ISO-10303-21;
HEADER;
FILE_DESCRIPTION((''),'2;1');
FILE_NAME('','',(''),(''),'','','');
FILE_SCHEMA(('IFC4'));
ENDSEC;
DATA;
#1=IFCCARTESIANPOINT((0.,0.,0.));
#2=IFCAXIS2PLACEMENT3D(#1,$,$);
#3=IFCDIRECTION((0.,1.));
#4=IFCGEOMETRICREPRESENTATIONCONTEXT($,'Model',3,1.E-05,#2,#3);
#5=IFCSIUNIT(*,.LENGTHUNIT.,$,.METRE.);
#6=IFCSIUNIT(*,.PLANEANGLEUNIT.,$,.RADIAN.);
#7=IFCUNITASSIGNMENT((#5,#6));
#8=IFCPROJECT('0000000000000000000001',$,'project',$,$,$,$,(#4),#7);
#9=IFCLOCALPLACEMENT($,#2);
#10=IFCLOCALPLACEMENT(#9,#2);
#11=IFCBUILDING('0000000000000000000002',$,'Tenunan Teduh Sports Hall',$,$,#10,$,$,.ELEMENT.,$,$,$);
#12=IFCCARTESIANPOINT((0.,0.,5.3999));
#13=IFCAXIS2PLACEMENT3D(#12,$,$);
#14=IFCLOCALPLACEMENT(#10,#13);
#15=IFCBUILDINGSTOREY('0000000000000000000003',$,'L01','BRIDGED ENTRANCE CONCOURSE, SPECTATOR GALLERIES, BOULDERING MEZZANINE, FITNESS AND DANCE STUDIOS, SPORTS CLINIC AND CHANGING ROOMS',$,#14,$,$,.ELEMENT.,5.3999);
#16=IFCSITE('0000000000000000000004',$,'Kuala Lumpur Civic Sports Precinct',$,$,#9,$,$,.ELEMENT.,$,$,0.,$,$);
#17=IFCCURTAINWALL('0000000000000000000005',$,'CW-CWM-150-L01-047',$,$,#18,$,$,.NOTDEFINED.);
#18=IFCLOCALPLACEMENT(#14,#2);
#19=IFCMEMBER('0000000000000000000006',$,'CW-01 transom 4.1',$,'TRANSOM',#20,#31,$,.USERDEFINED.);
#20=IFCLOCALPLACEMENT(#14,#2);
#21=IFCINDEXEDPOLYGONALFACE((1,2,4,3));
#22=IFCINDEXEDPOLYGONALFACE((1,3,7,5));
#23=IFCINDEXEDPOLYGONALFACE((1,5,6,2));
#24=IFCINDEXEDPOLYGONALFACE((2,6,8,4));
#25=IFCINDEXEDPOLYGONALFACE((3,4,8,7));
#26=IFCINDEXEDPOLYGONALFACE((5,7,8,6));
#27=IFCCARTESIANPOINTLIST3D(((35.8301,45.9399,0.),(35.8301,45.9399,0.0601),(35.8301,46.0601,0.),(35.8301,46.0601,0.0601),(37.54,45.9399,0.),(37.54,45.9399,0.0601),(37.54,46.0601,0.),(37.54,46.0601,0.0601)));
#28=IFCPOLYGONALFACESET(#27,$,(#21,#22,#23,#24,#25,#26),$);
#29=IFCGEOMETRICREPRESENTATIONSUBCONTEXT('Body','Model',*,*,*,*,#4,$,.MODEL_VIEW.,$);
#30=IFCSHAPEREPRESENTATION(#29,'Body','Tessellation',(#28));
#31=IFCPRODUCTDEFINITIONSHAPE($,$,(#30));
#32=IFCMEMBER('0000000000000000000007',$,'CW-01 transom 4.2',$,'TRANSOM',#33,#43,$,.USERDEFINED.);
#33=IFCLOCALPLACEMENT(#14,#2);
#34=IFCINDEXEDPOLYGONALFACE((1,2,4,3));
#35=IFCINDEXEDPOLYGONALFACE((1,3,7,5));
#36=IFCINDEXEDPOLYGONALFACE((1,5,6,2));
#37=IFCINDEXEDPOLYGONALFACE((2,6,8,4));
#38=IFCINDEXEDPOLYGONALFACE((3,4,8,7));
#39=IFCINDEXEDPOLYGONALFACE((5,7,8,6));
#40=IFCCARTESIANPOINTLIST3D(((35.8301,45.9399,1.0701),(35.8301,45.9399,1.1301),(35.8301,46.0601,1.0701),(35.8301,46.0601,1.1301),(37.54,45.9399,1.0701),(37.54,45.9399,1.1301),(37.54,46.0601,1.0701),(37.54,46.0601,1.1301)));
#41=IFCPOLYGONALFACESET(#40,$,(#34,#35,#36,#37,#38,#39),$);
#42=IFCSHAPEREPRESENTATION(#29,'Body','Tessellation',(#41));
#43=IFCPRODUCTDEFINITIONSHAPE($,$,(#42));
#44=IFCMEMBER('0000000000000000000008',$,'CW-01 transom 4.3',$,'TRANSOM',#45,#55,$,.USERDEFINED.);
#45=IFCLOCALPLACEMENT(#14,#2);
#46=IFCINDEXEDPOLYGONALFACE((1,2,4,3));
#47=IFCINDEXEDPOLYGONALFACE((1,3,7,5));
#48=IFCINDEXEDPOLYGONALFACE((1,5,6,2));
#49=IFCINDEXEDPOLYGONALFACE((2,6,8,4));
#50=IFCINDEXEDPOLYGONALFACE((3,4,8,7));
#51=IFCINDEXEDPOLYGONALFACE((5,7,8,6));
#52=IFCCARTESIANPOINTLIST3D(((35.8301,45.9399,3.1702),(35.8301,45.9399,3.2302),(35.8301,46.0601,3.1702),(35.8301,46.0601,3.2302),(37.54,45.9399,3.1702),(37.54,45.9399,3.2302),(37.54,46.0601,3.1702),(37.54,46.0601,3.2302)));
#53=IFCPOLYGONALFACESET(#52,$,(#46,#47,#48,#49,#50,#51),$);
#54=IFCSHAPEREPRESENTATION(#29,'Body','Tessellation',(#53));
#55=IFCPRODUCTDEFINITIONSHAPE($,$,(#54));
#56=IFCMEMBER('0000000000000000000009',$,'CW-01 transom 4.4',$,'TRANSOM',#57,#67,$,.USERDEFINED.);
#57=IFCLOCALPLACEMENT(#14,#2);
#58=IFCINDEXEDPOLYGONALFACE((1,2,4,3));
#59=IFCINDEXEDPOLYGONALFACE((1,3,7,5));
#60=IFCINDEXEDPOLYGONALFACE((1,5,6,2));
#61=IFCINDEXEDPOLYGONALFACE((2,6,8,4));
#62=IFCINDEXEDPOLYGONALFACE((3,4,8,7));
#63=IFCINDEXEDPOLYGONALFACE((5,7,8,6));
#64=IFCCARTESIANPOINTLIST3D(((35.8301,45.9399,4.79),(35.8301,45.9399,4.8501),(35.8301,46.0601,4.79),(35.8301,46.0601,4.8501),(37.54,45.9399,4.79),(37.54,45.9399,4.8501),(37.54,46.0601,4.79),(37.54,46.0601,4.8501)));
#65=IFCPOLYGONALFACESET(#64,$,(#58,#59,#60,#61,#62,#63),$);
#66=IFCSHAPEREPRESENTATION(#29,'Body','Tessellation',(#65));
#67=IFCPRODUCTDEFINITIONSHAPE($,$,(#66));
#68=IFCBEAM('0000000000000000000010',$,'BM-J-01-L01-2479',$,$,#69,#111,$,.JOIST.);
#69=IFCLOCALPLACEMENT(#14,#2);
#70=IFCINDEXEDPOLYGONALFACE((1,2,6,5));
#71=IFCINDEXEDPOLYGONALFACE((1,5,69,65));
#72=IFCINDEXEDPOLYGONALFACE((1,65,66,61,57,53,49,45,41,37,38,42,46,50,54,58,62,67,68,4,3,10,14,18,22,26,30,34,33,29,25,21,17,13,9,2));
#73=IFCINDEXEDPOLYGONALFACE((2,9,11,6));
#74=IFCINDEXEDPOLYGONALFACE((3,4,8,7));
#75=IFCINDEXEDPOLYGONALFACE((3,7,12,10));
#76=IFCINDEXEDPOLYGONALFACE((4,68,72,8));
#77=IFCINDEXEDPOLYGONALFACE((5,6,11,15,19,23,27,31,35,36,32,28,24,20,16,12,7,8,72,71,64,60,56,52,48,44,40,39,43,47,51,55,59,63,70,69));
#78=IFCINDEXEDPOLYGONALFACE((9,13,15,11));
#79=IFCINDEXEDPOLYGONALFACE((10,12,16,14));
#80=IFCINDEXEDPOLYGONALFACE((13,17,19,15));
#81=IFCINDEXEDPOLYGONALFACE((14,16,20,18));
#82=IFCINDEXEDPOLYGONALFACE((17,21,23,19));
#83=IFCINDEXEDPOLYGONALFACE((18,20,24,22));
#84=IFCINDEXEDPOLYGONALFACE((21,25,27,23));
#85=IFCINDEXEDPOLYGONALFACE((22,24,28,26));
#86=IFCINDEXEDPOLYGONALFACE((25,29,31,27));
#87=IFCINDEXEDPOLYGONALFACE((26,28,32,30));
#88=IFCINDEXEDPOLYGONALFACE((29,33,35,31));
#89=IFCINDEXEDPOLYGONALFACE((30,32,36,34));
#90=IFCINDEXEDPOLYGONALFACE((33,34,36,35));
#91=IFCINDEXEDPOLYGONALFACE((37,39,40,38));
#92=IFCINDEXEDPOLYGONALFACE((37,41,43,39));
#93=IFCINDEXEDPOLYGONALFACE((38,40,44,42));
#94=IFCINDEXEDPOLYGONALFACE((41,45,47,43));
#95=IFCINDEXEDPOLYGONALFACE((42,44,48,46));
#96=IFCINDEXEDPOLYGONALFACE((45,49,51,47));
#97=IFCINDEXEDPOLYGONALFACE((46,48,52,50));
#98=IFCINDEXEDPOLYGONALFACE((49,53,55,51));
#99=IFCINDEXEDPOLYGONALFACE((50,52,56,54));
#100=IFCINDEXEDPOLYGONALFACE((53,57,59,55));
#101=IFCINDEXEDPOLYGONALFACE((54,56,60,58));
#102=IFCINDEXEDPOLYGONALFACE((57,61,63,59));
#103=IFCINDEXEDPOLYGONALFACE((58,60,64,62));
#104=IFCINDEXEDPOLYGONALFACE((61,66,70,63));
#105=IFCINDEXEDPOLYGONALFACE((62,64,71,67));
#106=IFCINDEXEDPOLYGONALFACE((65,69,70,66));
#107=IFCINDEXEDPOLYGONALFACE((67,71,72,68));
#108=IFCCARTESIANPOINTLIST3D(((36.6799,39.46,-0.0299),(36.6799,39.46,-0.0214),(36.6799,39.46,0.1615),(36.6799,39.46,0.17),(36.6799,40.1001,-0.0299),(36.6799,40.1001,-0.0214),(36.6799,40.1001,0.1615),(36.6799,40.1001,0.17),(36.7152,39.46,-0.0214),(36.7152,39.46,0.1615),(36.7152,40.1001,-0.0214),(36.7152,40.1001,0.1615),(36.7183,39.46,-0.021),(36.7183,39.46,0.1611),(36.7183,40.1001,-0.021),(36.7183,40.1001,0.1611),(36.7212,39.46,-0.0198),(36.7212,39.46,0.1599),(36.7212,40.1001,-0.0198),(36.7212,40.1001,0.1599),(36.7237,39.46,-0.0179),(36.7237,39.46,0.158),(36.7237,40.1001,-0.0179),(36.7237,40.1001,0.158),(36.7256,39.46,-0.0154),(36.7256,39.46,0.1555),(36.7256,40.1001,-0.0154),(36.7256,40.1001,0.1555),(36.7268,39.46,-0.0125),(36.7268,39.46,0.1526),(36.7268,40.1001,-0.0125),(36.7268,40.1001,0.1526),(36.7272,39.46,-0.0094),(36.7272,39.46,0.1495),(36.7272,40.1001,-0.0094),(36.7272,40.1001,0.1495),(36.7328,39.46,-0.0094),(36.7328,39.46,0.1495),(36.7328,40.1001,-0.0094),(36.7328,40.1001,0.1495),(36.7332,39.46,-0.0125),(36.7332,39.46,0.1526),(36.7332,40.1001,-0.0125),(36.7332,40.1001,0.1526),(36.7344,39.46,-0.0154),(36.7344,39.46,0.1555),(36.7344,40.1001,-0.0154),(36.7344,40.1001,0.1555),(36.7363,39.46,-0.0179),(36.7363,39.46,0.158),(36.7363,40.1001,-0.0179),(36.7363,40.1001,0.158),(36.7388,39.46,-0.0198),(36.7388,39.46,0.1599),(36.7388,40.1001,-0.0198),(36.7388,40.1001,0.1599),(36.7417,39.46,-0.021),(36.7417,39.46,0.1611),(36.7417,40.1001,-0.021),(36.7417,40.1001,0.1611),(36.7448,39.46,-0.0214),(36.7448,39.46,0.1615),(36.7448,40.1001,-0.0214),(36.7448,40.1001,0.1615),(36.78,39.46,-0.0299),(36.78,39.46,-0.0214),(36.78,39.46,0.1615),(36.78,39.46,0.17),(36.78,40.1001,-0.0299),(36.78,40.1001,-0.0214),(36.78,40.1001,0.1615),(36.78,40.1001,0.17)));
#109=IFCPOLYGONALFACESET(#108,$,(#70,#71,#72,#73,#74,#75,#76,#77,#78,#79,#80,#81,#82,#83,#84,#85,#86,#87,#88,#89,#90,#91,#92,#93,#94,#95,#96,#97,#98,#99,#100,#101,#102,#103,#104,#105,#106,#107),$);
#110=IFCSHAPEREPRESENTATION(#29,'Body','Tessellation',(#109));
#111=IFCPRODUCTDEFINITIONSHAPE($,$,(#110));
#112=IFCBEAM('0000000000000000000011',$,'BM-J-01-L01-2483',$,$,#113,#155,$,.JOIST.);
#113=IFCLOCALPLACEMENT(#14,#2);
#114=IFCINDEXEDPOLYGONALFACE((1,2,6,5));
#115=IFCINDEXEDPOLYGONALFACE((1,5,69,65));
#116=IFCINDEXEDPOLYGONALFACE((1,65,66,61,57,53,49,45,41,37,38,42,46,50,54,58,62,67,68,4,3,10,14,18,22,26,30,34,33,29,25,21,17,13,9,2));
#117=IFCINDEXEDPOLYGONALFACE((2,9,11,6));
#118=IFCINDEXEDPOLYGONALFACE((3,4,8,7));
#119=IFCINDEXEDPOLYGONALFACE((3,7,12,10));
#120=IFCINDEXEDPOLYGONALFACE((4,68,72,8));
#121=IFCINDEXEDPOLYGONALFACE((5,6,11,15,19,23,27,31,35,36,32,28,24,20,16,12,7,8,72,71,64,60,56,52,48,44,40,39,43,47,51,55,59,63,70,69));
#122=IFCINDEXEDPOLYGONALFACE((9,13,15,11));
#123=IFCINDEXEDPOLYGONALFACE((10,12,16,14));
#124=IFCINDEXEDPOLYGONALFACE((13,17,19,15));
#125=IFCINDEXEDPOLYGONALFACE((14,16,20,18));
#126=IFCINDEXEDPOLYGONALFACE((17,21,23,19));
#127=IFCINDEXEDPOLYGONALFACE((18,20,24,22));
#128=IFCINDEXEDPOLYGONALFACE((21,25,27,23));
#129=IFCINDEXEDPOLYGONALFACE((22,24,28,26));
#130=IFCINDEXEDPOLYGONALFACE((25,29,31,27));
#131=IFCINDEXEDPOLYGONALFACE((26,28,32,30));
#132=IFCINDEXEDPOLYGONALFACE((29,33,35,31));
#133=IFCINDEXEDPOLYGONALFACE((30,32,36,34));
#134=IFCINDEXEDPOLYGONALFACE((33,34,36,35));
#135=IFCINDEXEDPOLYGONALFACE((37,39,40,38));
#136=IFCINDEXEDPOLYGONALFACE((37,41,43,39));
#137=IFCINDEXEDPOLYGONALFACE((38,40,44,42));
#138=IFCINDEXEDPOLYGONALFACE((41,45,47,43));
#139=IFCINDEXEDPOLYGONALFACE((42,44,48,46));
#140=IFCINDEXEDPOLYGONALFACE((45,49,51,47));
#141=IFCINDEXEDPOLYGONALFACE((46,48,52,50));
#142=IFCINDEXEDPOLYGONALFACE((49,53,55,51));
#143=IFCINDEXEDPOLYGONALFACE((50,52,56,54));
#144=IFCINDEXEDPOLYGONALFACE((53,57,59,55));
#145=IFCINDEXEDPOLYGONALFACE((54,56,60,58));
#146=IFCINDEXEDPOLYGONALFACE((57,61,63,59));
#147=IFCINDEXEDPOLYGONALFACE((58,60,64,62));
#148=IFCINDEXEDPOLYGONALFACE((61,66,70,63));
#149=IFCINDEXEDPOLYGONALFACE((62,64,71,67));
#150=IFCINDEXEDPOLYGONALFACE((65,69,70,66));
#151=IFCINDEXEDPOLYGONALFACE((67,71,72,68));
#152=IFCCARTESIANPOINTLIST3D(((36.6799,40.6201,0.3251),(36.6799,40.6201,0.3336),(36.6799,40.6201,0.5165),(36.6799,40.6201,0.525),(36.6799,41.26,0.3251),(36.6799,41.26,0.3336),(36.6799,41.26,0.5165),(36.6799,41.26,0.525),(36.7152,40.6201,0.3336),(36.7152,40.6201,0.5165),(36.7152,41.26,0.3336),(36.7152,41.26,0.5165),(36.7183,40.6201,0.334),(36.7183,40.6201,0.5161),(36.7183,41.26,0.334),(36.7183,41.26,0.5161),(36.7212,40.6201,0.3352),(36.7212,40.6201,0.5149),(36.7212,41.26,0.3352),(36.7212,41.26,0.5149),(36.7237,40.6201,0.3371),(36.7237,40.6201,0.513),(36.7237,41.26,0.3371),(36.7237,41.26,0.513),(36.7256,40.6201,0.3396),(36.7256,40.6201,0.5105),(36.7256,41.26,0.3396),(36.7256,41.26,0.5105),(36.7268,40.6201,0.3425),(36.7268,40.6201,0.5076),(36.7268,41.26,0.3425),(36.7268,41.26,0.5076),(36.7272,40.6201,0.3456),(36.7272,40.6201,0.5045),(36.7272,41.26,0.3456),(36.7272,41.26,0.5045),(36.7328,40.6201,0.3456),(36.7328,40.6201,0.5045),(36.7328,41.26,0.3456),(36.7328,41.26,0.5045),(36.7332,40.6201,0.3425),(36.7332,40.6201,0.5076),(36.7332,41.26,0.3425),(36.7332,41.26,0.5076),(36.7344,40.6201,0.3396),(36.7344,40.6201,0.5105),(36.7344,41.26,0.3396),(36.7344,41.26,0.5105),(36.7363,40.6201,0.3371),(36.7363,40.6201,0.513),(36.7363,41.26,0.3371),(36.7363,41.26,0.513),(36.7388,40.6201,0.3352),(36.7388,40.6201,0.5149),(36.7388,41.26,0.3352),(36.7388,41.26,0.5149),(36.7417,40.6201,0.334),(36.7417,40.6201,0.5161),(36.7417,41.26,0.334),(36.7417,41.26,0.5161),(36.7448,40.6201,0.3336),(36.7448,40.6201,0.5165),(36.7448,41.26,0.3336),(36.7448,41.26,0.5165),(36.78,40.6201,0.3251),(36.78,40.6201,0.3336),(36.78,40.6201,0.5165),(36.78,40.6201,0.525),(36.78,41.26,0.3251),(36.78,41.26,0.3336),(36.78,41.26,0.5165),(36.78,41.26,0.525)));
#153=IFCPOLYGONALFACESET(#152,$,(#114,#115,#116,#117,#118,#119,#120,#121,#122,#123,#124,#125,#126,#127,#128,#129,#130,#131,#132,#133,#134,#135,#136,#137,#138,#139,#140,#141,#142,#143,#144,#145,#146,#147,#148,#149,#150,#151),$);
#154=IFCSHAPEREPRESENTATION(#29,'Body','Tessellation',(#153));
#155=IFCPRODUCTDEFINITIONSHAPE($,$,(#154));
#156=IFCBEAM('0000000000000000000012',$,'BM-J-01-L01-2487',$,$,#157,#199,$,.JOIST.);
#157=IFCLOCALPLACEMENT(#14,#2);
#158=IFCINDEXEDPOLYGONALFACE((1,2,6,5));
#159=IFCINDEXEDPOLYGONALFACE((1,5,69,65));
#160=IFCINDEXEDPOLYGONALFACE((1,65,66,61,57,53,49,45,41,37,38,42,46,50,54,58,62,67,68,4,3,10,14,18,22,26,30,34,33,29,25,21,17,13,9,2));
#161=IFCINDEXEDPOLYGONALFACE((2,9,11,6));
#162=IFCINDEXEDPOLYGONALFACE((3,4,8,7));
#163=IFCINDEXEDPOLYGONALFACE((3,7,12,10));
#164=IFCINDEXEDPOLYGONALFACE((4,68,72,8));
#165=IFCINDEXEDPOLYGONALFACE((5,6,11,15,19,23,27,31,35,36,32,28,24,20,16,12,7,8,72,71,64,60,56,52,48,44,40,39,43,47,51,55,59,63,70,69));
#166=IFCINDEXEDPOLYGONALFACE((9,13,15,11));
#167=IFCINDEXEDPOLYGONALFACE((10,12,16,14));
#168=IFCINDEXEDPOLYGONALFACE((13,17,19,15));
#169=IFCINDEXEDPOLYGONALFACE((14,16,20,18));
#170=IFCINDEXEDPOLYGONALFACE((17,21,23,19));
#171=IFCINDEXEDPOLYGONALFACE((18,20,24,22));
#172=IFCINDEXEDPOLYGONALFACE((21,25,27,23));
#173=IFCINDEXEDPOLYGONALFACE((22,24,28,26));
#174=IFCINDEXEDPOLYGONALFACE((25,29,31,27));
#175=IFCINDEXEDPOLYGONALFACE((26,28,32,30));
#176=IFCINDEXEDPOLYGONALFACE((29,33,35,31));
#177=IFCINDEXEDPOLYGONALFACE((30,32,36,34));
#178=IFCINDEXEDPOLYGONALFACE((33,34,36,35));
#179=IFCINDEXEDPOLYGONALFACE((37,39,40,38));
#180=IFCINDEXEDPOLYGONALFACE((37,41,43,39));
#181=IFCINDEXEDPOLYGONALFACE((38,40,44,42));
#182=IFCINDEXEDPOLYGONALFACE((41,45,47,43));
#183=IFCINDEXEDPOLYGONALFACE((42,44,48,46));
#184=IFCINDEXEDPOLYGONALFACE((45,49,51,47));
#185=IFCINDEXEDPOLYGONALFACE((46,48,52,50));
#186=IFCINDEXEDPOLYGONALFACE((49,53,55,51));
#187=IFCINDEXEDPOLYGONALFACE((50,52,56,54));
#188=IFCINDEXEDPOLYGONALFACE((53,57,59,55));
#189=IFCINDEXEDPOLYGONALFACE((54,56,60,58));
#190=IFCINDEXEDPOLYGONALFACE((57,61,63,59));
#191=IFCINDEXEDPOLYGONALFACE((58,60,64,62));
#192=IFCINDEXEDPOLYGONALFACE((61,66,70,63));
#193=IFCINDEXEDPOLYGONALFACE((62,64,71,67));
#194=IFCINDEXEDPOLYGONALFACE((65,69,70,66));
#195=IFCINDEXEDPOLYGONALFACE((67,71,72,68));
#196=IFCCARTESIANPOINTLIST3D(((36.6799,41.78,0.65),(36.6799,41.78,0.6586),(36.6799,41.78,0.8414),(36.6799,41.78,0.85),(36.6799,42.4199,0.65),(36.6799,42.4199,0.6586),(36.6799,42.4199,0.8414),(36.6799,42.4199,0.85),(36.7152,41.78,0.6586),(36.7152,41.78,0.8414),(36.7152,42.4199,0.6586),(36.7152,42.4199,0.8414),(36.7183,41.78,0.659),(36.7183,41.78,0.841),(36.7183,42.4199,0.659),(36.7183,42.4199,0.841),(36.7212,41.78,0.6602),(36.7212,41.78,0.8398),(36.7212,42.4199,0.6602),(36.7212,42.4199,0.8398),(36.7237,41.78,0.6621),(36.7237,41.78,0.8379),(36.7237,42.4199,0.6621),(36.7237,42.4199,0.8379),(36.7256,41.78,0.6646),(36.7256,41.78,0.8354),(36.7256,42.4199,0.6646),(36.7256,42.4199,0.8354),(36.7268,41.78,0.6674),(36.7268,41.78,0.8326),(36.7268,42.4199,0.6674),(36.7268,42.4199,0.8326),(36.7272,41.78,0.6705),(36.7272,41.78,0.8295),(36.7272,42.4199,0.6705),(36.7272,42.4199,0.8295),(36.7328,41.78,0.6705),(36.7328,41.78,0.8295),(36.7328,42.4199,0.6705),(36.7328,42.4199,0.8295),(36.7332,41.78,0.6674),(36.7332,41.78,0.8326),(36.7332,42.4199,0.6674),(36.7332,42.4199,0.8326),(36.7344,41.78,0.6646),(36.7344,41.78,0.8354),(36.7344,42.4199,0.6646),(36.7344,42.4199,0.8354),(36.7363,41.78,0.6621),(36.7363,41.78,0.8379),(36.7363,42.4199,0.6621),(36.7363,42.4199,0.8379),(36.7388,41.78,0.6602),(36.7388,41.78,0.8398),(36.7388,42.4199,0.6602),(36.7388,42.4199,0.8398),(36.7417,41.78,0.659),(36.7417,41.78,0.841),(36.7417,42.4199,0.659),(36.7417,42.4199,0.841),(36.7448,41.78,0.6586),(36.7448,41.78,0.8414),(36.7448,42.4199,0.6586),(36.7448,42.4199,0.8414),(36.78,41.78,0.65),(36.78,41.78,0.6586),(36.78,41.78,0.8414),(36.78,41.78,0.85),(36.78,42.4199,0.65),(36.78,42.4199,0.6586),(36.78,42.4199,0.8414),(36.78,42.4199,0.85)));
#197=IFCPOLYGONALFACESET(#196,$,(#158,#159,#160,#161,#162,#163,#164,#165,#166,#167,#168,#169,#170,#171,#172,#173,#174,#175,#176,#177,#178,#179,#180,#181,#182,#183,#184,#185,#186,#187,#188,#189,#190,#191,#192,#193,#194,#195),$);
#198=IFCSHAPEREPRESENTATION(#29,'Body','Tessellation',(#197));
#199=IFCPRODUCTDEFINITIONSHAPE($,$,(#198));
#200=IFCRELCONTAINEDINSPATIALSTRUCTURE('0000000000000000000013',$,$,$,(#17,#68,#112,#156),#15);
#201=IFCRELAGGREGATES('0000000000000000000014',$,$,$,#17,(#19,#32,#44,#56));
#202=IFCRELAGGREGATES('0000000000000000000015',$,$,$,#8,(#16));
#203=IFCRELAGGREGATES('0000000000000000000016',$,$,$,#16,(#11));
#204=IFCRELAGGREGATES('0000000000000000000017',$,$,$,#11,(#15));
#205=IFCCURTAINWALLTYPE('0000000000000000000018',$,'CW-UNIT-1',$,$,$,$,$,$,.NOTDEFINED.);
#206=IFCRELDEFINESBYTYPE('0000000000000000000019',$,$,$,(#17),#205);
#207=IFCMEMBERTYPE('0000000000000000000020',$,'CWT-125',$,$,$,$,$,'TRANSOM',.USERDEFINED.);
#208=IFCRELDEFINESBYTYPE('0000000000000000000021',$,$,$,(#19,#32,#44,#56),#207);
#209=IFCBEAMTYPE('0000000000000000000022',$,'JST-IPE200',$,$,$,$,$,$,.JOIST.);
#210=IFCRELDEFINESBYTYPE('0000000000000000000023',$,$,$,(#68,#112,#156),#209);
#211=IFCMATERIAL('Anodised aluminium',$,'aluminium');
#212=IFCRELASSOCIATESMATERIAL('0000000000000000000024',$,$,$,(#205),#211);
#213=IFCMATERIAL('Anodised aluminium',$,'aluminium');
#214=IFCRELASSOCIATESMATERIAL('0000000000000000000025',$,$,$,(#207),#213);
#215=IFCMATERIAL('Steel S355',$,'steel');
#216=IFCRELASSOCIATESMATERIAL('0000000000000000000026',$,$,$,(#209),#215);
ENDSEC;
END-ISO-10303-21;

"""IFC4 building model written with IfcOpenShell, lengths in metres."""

from ifc_helpers import new_model, si_unit, direction, frame, origin, origin_2d, place, context, subcontext, project, spatial, rectangle, i_section, extrude, material, material_profile, profile_set, type_object, element, aggregate, save


model = new_model("IFC4")

# Units and contexts
model_context = context("Model", 3, precision=1e-05, world=origin(), true_north=direction((0.0, 1.0)))
body_context = subcontext(model_context, "Body", "Model", "MODEL_VIEW")
ifc_project = project(units=[si_unit("LENGTHUNIT", "METRE"), si_unit("PLANEANGLEUNIT", "RADIAN")], contexts=[model_context])

# Site, building, storey
site_placement = place(None, origin())
site = spatial("IfcSite", under=ifc_project, at=site_placement, Name="Kuala Lumpur Civic Sports Precinct", CompositionType="ELEMENT", RefElevation=0.0)
building_placement = place(site_placement, origin())
building = spatial("IfcBuilding", under=site, at=building_placement, Name="Tenunan Teduh Sports Hall", CompositionType="ELEMENT")
storey_placement = place(building_placement, frame((0.0, 0.0, 5.3999)))
storey = spatial("IfcBuildingStorey", under=building, at=storey_placement, Name="L01", Description="BRIDGED ENTRANCE CONCOURSE, SPECTATOR GALLERIES, BOULDERING MEZZANINE, FITNESS AND DANCE STUDIOS, SPORTS CLINIC AND CHANGING ROOMS", CompositionType="ELEMENT", Elevation=5.3999)

# Curtain wall, members
ifc_material_1 = material(Name="Anodised aluminium", Category="aluminium")
curtain_wall_type = type_object("IfcCurtainWallType", Name="CW-UNIT-1", PredefinedType="NOTDEFINED", material=ifc_material_1)
curtain_wall_placement = place(storey_placement, origin())
curtain_wall = element("IfcCurtainWall", 1, at=curtain_wall_placement, inside=storey, type_object=curtain_wall_type, Name="CW-CWM-150-L01-047", PredefinedType="NOTDEFINED")
ifc_material_2 = material(Name="Anodised aluminium", Category="aluminium")
ifc_material_profile_1 = material_profile(ifc_material_2, rectangle(XDim=0.0601, YDim=0.1201, at=origin_2d()), Name="CWT 60x120")
ifc_profile_set_1 = profile_set([ifc_material_profile_1], Name="Anodised aluminium")
member_type_1 = type_object("IfcMemberType", Name="CWT-125", ElementType="TRANSOM", PredefinedType="USERDEFINED", material=ifc_profile_set_1)
member_1_placement = place(storey_placement, frame((35.8301, 46.0, 0.03), z_axis=(1.0, 0.0, 0.0), x_axis=(0.0, 0.0, 1.0)))
member_1 = element("IfcMember", 2, at=member_1_placement, type_object=member_type_1, Name="CW-01 transom 4.1", ObjectType="TRANSOM", PredefinedType="USERDEFINED", context=body_context, shape_type="SweptSolid", body=[
    extrude(rectangle(XDim=0.0601, YDim=0.1201, at=origin_2d()), origin(), (0.0, 0.0, 1.0), 1.71),
])
member_2_placement = place(storey_placement, frame((35.8301, 46.0, 1.1001), z_axis=(1.0, 0.0, 0.0), x_axis=(0.0, 0.0, 1.0)))
member_2 = element("IfcMember", 3, at=member_2_placement, type_object=member_type_1, Name="CW-01 transom 4.2", ObjectType="TRANSOM", PredefinedType="USERDEFINED", context=body_context, shape_type="SweptSolid", body=[
    extrude(rectangle(XDim=0.0601, YDim=0.1201, at=origin_2d()), origin(), (0.0, 0.0, 1.0), 1.71),
])
member_3_placement = place(storey_placement, frame((35.8301, 46.0, 3.2002), z_axis=(1.0, 0.0, 0.0), x_axis=(0.0, 0.0, 1.0)))
member_3 = element("IfcMember", 4, at=member_3_placement, type_object=member_type_1, Name="CW-01 transom 4.3", ObjectType="TRANSOM", PredefinedType="USERDEFINED", context=body_context, shape_type="SweptSolid", body=[
    extrude(rectangle(XDim=0.0601, YDim=0.1201, at=origin_2d()), origin(), (0.0, 0.0, 1.0), 1.71),
])
member_4_placement = place(storey_placement, frame((35.8301, 46.0, 4.8201), z_axis=(1.0, 0.0, 0.0), x_axis=(0.0, 0.0, 1.0)))
member_4 = element("IfcMember", 5, at=member_4_placement, type_object=member_type_1, Name="CW-01 transom 4.4", ObjectType="TRANSOM", PredefinedType="USERDEFINED", context=body_context, shape_type="SweptSolid", body=[
    extrude(rectangle(XDim=0.0601, YDim=0.1201, at=origin_2d()), origin(), (0.0, 0.0, 1.0), 1.71),
])

# Beams
ifc_material_3 = material(Name="Steel S355", Category="steel")
ifc_material_profile_2 = material_profile(ifc_material_3, i_section(OverallWidth=0.1001, OverallDepth=0.2, WebThickness=0.0056, FlangeThickness=0.0085, FilletRadius=0.012, at=origin_2d()), Name="IPE 200")
ifc_profile_set_2 = profile_set([ifc_material_profile_2], Name="Steel S355")
beam_type = type_object("IfcBeamType", Name="JST-IPE200", PredefinedType="JOIST", material=ifc_profile_set_2)
beam_1_placement = place(storey_placement, frame((36.73, 39.46, 0.0701), z_axis=(0.0, 1.0, 0.0), x_axis=(-1.0, 0.0, 0.0)))
element("IfcBeam", 6, at=beam_1_placement, inside=storey, type_object=beam_type, Name="BM-J-01-L01-2479", PredefinedType="JOIST", context=body_context, shape_type="SweptSolid", body=[
    extrude(i_section(OverallWidth=0.1001, OverallDepth=0.2, WebThickness=0.0056, FlangeThickness=0.0085, FilletRadius=0.012, at=origin_2d()), origin(), (0.0, 0.0, 1.0), 0.6401),
])
for number, where, z_axis, x_axis, name in (
    (7, (36.73, 40.6201, 0.425), (0.0, 1.0, 0.0), (-1.0, 0.0, 0.0), "BM-J-01-L01-2483"),
    (8, (36.73, 41.78, 0.75), (0.0, 1.0, 0.0), (-1.0, 0.0, 0.0), "BM-J-01-L01-2487"),
):
    element("IfcBeam", number, at=place(storey_placement, frame(where, z_axis=z_axis, x_axis=x_axis)), inside=storey, type_object=beam_type, Name=name, PredefinedType="JOIST", context=body_context, shape_type="SweptSolid", body=[
        extrude(i_section(OverallWidth=0.1001, OverallDepth=0.2, WebThickness=0.0056, FlangeThickness=0.0085, FilletRadius=0.012, at=origin_2d()), origin(), (0.0, 0.0, 1.0), 0.6399),
    ])

aggregate(curtain_wall, [member_1, member_2, member_3, member_4])

save(model, "model.ifc")
